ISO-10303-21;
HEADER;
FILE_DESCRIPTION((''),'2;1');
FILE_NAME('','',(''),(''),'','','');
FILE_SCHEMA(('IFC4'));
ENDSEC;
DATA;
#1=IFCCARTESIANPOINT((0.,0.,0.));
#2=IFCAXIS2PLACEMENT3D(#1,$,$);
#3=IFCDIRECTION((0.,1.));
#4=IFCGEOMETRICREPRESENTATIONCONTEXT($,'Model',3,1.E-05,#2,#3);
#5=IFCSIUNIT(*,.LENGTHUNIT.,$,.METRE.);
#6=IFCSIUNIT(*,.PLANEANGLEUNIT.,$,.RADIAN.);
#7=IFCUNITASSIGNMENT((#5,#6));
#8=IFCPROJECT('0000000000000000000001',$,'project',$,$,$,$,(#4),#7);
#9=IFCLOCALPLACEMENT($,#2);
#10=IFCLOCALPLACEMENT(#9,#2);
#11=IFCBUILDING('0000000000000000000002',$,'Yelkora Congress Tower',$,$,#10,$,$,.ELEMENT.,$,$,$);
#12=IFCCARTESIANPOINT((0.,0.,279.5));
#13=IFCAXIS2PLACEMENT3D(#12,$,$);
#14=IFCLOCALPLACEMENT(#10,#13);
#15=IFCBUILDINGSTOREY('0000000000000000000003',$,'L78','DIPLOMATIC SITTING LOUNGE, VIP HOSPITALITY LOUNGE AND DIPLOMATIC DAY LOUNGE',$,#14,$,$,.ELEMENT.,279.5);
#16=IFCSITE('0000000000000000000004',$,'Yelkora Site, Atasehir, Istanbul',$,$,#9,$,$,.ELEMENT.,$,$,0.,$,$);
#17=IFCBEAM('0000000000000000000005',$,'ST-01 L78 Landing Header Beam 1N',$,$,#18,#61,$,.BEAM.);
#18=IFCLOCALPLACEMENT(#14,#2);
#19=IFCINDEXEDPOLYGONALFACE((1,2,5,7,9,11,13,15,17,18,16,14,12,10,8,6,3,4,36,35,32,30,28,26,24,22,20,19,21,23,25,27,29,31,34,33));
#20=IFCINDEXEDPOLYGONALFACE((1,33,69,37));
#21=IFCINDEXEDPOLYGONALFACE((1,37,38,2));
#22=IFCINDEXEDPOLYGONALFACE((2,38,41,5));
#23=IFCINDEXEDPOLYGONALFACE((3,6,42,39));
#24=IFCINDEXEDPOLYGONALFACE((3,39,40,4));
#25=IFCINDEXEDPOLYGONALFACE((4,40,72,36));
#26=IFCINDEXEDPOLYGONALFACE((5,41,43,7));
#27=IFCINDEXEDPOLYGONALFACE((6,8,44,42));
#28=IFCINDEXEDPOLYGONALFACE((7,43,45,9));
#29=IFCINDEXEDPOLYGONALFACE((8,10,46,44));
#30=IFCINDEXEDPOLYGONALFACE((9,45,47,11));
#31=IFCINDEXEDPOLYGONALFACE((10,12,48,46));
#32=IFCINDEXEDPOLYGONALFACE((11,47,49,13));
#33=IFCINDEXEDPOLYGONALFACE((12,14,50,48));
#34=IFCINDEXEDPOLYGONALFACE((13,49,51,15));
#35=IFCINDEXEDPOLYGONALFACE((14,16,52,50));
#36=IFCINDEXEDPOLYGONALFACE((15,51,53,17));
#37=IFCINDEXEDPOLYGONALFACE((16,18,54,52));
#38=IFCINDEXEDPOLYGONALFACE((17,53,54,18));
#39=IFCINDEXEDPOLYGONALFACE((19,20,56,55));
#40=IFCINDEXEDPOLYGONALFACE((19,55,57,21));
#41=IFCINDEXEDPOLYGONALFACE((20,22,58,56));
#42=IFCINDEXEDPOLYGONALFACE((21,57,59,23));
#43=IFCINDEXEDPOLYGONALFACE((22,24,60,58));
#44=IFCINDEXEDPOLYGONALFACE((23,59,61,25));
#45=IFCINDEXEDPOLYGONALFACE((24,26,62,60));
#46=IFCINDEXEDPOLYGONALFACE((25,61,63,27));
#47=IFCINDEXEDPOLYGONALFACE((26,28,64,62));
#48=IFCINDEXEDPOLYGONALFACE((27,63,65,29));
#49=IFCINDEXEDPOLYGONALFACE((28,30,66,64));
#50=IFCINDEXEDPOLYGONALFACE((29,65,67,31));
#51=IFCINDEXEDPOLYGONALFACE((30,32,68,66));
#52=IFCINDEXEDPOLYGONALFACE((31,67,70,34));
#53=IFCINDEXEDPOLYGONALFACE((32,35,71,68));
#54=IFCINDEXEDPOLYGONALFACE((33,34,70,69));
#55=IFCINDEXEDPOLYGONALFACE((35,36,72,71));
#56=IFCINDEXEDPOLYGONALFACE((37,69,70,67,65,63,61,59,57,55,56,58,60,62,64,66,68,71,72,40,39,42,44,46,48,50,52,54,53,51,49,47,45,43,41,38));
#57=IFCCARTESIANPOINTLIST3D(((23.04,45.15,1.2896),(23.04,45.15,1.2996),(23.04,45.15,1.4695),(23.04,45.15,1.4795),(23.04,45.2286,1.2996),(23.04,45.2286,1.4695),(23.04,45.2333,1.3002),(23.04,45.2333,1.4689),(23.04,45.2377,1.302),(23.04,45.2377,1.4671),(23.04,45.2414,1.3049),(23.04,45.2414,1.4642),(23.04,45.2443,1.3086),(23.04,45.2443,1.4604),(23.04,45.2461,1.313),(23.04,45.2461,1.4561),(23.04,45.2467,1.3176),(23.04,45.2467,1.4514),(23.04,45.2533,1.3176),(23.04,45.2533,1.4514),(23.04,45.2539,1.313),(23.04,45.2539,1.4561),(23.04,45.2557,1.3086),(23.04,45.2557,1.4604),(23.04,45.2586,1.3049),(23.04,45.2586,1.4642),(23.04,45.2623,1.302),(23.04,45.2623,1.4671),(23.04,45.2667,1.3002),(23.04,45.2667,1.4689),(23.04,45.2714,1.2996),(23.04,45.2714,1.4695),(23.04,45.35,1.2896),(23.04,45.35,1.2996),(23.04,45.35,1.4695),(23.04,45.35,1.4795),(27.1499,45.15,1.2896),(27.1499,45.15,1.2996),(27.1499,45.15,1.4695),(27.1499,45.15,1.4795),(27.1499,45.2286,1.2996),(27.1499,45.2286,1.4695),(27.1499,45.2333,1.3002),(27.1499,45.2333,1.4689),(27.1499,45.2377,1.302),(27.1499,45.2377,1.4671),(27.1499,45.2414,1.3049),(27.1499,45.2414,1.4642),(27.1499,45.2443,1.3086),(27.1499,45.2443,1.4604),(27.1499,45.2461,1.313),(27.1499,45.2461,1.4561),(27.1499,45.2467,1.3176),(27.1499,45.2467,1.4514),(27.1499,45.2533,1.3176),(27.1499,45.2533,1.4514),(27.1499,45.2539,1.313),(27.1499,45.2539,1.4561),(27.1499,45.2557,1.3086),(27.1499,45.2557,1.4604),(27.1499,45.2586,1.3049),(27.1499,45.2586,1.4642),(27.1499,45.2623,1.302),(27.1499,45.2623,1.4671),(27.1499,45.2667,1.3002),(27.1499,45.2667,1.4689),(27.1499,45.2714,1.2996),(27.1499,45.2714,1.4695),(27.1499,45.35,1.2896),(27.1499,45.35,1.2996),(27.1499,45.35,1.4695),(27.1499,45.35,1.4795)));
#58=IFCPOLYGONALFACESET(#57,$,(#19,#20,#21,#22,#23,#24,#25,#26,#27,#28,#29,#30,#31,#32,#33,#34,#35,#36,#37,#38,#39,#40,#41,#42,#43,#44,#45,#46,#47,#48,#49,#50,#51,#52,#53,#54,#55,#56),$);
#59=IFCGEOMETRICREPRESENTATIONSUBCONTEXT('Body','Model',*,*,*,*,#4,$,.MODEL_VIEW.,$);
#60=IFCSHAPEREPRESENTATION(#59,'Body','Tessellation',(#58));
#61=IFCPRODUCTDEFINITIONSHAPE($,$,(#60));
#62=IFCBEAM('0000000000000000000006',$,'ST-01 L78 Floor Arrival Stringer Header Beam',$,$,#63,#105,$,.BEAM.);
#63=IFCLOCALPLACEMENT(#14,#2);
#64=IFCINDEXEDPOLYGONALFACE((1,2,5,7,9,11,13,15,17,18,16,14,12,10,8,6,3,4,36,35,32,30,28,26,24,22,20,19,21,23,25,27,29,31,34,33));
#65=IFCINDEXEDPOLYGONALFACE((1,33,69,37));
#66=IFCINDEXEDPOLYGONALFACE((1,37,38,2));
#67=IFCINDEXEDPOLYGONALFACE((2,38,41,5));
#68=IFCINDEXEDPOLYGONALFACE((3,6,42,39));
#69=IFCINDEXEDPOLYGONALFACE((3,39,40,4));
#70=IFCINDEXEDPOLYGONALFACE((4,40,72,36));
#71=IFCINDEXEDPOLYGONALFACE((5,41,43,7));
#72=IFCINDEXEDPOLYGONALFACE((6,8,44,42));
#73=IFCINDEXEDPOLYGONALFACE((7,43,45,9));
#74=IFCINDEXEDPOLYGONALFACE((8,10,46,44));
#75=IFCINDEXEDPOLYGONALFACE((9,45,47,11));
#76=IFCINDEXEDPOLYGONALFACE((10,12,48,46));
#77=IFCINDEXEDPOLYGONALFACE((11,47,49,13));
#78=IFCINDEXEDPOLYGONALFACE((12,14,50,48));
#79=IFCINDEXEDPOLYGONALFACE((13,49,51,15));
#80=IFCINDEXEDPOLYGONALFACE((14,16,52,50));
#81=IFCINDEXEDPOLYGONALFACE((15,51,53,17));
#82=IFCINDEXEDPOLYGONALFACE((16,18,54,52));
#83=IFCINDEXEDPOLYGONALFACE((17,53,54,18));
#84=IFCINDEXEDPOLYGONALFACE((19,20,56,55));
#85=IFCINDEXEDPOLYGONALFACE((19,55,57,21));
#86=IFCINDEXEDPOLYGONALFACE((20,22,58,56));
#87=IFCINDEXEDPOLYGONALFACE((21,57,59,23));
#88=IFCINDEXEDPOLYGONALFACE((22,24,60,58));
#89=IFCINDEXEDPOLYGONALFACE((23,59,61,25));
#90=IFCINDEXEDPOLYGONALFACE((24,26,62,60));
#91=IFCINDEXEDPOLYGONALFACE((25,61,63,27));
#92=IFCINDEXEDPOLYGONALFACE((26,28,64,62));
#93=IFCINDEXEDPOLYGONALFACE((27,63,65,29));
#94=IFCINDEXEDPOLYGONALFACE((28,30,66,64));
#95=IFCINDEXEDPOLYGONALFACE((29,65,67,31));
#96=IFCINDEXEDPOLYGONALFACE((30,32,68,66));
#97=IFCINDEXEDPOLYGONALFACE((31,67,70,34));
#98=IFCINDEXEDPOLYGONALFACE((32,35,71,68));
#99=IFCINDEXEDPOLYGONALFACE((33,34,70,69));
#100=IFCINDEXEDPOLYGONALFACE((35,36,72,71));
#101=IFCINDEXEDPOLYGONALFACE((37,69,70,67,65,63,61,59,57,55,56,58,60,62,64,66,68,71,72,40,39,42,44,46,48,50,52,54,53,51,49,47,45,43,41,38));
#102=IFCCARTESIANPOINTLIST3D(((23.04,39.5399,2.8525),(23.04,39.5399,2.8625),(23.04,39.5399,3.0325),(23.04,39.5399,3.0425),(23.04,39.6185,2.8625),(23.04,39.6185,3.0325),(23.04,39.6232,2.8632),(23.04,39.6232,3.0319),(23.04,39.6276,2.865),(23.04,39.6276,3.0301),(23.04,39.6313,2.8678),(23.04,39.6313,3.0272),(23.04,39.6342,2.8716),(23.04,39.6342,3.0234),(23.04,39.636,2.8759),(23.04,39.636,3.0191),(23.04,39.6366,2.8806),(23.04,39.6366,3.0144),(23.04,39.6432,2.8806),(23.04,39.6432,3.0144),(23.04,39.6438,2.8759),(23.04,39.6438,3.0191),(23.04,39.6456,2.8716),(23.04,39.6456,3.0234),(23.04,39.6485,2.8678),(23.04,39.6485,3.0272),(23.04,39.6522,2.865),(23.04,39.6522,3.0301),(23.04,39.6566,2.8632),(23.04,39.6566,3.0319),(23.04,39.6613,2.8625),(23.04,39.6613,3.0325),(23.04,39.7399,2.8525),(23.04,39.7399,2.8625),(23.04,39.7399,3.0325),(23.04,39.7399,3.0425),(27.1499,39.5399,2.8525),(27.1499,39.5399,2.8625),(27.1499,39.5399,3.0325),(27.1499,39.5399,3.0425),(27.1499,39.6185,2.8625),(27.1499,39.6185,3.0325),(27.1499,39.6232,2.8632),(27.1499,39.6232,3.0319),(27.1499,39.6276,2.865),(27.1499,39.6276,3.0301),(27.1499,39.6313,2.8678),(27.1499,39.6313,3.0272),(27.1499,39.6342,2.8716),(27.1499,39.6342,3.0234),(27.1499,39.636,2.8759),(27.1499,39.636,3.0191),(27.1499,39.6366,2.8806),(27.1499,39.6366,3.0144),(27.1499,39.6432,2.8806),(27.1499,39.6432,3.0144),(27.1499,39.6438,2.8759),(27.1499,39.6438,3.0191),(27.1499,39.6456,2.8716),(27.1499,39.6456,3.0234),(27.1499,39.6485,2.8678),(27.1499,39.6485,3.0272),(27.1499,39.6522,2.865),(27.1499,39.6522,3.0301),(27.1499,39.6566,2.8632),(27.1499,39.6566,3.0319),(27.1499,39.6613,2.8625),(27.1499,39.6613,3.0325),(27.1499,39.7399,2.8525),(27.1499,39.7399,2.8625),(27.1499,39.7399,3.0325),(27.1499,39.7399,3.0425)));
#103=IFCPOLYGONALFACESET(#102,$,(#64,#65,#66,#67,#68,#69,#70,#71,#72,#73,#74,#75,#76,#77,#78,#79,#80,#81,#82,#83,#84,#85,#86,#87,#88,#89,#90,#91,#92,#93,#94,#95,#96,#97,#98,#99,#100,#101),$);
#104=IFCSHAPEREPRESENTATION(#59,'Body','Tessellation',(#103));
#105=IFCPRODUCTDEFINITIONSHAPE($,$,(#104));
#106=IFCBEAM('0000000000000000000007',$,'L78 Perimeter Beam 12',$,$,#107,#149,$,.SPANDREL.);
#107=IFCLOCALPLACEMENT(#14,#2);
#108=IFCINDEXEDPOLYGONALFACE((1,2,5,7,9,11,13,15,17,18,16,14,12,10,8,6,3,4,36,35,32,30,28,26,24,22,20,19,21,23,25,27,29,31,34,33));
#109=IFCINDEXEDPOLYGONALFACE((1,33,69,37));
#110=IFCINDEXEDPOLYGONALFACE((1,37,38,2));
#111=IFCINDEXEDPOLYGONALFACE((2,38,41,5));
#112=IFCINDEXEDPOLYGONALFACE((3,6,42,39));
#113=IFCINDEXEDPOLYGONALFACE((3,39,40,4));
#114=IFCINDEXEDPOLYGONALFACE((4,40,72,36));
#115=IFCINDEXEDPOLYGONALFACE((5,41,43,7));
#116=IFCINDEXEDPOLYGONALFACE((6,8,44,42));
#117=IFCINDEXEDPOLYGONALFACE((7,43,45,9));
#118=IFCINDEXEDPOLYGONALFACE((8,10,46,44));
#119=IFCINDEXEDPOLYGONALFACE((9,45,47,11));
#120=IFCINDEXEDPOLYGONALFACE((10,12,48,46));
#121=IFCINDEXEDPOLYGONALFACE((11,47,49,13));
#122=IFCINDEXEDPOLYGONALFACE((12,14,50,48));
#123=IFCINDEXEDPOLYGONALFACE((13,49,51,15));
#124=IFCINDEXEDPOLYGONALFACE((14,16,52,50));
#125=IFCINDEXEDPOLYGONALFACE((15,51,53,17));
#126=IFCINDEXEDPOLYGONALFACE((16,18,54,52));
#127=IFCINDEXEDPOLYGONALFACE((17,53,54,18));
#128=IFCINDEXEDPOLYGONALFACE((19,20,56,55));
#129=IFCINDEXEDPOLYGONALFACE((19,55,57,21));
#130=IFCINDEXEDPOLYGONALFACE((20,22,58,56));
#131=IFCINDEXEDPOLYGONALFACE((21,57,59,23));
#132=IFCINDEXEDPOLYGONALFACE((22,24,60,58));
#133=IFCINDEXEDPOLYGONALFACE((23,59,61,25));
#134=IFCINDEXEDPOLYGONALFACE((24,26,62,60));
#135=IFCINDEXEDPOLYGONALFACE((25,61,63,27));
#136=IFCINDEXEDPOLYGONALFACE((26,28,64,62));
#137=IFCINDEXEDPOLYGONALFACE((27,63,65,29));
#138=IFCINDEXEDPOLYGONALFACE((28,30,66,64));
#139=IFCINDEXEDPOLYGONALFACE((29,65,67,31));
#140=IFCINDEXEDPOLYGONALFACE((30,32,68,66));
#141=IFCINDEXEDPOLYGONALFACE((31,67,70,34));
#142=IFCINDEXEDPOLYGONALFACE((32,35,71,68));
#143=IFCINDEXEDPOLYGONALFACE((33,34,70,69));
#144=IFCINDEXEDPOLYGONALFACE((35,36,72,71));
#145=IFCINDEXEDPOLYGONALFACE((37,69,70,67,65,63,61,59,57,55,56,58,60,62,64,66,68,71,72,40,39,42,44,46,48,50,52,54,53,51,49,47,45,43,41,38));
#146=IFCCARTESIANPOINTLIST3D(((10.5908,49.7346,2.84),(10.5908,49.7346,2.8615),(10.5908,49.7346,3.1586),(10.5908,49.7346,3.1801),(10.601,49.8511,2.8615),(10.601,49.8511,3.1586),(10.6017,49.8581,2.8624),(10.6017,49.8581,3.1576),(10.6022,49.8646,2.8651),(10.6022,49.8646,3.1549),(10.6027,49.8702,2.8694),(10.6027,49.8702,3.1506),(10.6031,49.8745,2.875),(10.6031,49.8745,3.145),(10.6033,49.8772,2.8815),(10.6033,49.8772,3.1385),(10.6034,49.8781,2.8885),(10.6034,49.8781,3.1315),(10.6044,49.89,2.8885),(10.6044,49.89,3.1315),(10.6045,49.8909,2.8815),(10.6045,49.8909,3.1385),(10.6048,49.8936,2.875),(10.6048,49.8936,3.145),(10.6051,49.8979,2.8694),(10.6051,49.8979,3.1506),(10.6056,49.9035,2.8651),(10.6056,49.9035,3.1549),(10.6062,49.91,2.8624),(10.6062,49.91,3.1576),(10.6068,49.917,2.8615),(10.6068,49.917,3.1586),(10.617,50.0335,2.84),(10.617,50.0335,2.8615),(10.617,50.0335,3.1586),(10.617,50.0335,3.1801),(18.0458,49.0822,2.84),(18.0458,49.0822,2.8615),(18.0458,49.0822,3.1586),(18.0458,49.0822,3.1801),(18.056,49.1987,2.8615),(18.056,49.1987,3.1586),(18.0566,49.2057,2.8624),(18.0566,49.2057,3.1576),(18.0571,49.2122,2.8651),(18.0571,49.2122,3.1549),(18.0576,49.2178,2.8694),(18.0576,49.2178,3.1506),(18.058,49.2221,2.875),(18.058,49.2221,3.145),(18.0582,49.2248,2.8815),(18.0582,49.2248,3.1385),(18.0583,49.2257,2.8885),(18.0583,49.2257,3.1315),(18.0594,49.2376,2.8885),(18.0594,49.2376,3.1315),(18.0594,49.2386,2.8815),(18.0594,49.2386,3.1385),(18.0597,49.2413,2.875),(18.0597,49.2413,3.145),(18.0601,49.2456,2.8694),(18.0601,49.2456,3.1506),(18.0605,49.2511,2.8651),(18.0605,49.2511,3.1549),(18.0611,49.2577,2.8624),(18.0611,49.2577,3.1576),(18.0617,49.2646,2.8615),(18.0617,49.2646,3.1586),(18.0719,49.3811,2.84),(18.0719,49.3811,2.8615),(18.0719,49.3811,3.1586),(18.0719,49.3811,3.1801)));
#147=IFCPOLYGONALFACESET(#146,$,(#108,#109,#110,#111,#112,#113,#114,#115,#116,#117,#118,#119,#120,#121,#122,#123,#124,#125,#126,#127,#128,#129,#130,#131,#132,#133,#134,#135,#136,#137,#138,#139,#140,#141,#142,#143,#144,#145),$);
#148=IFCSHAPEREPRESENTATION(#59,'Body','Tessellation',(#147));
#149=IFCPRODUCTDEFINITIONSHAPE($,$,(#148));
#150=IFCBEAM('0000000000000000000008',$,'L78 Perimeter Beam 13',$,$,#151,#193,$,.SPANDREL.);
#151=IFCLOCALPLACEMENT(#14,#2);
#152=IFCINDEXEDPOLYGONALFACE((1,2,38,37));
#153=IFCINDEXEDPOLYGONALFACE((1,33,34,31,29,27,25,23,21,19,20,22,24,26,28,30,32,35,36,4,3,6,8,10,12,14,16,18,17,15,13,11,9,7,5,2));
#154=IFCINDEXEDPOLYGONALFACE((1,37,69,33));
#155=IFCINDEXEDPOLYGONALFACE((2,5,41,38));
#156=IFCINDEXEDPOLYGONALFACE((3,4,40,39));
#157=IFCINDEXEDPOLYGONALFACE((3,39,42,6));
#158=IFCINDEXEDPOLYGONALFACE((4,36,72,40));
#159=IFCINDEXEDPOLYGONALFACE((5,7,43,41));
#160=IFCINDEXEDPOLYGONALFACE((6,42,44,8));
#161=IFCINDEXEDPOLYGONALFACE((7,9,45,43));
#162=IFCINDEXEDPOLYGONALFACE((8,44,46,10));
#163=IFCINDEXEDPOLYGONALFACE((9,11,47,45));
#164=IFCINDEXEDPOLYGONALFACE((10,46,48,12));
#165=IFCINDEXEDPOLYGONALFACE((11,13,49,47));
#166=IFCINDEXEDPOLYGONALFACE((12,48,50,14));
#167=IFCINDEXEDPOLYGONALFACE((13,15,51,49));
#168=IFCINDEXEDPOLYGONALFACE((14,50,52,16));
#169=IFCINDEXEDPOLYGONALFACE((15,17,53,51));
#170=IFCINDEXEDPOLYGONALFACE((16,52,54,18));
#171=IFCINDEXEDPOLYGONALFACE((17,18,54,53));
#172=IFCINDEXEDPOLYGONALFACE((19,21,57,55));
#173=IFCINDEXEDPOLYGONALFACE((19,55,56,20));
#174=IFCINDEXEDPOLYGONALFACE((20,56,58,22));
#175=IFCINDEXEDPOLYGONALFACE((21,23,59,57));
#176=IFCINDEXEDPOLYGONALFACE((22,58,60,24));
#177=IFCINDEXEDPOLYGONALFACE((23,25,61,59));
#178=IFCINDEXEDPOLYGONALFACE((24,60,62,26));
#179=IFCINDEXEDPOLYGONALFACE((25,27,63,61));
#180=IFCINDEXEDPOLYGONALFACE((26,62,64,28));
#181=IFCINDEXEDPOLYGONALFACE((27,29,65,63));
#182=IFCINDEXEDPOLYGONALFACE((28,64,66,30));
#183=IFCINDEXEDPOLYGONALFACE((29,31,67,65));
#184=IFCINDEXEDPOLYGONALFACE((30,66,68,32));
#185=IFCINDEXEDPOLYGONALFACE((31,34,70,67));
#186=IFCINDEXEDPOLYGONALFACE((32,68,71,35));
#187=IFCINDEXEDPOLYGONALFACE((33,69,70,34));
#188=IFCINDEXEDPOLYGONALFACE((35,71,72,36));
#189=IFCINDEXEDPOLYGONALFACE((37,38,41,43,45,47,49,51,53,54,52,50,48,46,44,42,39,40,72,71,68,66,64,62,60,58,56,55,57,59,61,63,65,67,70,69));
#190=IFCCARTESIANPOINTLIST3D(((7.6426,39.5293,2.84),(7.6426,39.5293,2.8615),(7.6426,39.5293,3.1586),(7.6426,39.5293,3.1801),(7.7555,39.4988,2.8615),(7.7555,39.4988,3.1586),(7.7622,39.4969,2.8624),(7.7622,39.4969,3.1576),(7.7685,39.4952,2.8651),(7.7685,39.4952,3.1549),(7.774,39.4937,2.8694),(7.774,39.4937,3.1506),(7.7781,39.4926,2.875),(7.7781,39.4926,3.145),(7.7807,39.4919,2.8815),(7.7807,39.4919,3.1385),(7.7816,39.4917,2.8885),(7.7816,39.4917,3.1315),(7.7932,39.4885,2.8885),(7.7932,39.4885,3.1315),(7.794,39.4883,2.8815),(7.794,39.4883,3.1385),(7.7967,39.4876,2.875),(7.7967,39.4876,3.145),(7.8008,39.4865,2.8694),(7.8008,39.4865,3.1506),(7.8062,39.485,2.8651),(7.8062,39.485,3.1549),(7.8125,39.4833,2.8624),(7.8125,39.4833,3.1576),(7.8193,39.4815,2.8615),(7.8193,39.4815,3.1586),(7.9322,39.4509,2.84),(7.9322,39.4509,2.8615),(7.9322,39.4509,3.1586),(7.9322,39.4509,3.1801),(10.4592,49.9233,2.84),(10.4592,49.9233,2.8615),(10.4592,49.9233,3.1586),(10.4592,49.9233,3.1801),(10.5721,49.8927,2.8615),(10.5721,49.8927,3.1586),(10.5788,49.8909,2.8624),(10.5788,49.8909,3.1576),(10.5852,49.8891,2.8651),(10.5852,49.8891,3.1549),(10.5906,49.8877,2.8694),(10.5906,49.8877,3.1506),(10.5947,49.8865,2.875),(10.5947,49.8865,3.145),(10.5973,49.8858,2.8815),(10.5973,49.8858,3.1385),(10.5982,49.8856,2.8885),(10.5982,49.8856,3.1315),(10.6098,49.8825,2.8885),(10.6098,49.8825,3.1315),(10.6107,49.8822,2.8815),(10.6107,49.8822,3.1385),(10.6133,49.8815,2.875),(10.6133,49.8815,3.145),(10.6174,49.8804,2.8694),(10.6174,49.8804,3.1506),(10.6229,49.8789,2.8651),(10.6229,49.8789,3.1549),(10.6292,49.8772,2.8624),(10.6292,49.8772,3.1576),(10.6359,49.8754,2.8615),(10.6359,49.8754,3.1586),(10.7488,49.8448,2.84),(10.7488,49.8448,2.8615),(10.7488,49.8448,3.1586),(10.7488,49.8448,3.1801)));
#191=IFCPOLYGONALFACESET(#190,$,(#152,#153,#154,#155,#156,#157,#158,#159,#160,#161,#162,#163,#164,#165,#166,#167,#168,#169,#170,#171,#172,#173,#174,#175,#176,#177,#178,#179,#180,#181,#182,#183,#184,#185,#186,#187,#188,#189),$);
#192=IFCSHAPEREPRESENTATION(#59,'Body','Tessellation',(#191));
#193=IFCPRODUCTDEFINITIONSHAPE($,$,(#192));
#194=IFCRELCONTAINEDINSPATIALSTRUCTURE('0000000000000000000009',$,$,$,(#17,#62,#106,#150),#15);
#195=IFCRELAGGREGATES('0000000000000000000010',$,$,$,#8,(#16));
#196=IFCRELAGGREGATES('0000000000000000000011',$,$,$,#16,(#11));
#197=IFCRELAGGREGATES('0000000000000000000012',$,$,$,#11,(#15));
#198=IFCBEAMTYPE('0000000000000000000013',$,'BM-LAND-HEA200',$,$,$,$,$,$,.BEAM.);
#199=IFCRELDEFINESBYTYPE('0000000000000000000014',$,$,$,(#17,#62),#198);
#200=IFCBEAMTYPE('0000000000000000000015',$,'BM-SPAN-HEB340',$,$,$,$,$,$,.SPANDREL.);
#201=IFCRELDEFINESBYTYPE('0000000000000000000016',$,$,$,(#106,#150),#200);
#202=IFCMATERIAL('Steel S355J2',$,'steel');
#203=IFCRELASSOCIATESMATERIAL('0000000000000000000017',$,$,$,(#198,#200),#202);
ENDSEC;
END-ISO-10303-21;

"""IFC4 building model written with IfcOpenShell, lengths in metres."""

from ifc_helpers import new_model, si_unit, direction, frame, origin, origin_2d, place, context, subcontext, project, spatial, i_section, extrude, material, material_profile, profile_set, type_object, element, save


model = new_model("IFC4")

# Units and contexts
model_context = context("Model", 3, precision=1e-05, world=origin(), true_north=direction((0.0, 1.0)))
body_context = subcontext(model_context, "Body", "Model", "MODEL_VIEW")
ifc_project = project(units=[si_unit("LENGTHUNIT", "METRE"), si_unit("PLANEANGLEUNIT", "RADIAN")], contexts=[model_context])

# Site, building, storey
site_placement = place(None, origin())
site = spatial("IfcSite", under=ifc_project, at=site_placement, Name="Yelkora Site, Atasehir, Istanbul", CompositionType="ELEMENT", RefElevation=0.0)
building_placement = place(site_placement, origin())
building = spatial("IfcBuilding", under=site, at=building_placement, Name="Yelkora Congress Tower", CompositionType="ELEMENT")
storey_placement = place(building_placement, frame((0.0, 0.0, 279.5)))
storey = spatial("IfcBuildingStorey", under=building, at=storey_placement, Name="L78", Description="DIPLOMATIC SITTING LOUNGE, VIP HOSPITALITY LOUNGE AND DIPLOMATIC DAY LOUNGE", CompositionType="ELEMENT", Elevation=279.5)

# Shared definitions
ifc_material_1 = material(Name="Steel S355J2", Category="steel")

# Beams
ifc_material_profile_1 = material_profile(ifc_material_1, i_section(OverallWidth=0.2, OverallDepth=0.1899, WebThickness=0.0066, FlangeThickness=0.01, FilletRadius=0.0181, at=origin_2d()), Name="HEA 200")
ifc_profile_set_1 = profile_set([ifc_material_profile_1], Name="Steel S355J2")
beam_type_1 = type_object("IfcBeamType", Name="BM-LAND-HEA200", PredefinedType="BEAM", material=ifc_profile_set_1)
for number, where, z_axis, x_axis, name in (
    (1, (23.04, 45.25, 1.3845), (1.0, 0.0, 0.0), (0.0, 1.0, 0.0), "ST-01 L78 Landing Header Beam 1N"),
    (2, (23.04, 39.6399, 2.9475), (1.0, 0.0, 0.0), (0.0, 1.0, 0.0), "ST-01 L78 Floor Arrival Stringer Header Beam"),
):
    element("IfcBeam", number, at=place(storey_placement, frame(where, z_axis=z_axis, x_axis=x_axis)), inside=storey, type_object=beam_type_1, Name=name, PredefinedType="BEAM", context=body_context, shape_type="SweptSolid", body=[
        extrude(i_section(OverallWidth=0.2, OverallDepth=0.1899, WebThickness=0.0066, FlangeThickness=0.01, FilletRadius=0.0181, at=origin_2d()), origin(), (0.0, 0.0, 1.0), 4.1099),
    ])
ifc_material_profile_2 = material_profile(ifc_material_1, i_section(OverallWidth=0.3, OverallDepth=0.3401, WebThickness=0.012, FlangeThickness=0.0215, FilletRadius=0.0271, at=origin_2d()), Name="HEB 340")
ifc_profile_set_2 = profile_set([ifc_material_profile_2], Name="Steel S355J2")
beam_type_2 = type_object("IfcBeamType", Name="BM-SPAN-HEB340", PredefinedType="SPANDREL", material=ifc_profile_set_2)
beam_1_placement = place(storey_placement, frame((18.0588, 49.2317, 3.01), z_axis=(-0.996193, 0.087173, 0.0), x_axis=(-0.087173, -0.996193, 0.0)))
element("IfcBeam", 3, at=beam_1_placement, inside=storey, type_object=beam_type_2, Name="L78 Perimeter Beam 12", PredefinedType="SPANDREL", context=body_context, shape_type="SweptSolid", body=[
    extrude(i_section(OverallWidth=0.3, OverallDepth=0.3401, WebThickness=0.012, FlangeThickness=0.0215, FilletRadius=0.0271, at=origin_2d()), origin(), (0.0, 0.0, 1.0), 7.4834),
])
beam_2_placement = place(storey_placement, frame((10.604, 49.884, 3.01), z_axis=(-0.261554, -0.965189, 0.0), x_axis=(0.965189, -0.261554, 0.0)))
element("IfcBeam", 4, at=beam_2_placement, inside=storey, type_object=beam_type_2, Name="L78 Perimeter Beam 13", PredefinedType="SPANDREL", context=body_context, shape_type="SweptSolid", body=[
    extrude(i_section(OverallWidth=0.3, OverallDepth=0.3401, WebThickness=0.012, FlangeThickness=0.0215, FilletRadius=0.0271, at=origin_2d()), origin(), (0.0, 0.0, 1.0), 10.7688),
])

save(model, "model.ifc")
